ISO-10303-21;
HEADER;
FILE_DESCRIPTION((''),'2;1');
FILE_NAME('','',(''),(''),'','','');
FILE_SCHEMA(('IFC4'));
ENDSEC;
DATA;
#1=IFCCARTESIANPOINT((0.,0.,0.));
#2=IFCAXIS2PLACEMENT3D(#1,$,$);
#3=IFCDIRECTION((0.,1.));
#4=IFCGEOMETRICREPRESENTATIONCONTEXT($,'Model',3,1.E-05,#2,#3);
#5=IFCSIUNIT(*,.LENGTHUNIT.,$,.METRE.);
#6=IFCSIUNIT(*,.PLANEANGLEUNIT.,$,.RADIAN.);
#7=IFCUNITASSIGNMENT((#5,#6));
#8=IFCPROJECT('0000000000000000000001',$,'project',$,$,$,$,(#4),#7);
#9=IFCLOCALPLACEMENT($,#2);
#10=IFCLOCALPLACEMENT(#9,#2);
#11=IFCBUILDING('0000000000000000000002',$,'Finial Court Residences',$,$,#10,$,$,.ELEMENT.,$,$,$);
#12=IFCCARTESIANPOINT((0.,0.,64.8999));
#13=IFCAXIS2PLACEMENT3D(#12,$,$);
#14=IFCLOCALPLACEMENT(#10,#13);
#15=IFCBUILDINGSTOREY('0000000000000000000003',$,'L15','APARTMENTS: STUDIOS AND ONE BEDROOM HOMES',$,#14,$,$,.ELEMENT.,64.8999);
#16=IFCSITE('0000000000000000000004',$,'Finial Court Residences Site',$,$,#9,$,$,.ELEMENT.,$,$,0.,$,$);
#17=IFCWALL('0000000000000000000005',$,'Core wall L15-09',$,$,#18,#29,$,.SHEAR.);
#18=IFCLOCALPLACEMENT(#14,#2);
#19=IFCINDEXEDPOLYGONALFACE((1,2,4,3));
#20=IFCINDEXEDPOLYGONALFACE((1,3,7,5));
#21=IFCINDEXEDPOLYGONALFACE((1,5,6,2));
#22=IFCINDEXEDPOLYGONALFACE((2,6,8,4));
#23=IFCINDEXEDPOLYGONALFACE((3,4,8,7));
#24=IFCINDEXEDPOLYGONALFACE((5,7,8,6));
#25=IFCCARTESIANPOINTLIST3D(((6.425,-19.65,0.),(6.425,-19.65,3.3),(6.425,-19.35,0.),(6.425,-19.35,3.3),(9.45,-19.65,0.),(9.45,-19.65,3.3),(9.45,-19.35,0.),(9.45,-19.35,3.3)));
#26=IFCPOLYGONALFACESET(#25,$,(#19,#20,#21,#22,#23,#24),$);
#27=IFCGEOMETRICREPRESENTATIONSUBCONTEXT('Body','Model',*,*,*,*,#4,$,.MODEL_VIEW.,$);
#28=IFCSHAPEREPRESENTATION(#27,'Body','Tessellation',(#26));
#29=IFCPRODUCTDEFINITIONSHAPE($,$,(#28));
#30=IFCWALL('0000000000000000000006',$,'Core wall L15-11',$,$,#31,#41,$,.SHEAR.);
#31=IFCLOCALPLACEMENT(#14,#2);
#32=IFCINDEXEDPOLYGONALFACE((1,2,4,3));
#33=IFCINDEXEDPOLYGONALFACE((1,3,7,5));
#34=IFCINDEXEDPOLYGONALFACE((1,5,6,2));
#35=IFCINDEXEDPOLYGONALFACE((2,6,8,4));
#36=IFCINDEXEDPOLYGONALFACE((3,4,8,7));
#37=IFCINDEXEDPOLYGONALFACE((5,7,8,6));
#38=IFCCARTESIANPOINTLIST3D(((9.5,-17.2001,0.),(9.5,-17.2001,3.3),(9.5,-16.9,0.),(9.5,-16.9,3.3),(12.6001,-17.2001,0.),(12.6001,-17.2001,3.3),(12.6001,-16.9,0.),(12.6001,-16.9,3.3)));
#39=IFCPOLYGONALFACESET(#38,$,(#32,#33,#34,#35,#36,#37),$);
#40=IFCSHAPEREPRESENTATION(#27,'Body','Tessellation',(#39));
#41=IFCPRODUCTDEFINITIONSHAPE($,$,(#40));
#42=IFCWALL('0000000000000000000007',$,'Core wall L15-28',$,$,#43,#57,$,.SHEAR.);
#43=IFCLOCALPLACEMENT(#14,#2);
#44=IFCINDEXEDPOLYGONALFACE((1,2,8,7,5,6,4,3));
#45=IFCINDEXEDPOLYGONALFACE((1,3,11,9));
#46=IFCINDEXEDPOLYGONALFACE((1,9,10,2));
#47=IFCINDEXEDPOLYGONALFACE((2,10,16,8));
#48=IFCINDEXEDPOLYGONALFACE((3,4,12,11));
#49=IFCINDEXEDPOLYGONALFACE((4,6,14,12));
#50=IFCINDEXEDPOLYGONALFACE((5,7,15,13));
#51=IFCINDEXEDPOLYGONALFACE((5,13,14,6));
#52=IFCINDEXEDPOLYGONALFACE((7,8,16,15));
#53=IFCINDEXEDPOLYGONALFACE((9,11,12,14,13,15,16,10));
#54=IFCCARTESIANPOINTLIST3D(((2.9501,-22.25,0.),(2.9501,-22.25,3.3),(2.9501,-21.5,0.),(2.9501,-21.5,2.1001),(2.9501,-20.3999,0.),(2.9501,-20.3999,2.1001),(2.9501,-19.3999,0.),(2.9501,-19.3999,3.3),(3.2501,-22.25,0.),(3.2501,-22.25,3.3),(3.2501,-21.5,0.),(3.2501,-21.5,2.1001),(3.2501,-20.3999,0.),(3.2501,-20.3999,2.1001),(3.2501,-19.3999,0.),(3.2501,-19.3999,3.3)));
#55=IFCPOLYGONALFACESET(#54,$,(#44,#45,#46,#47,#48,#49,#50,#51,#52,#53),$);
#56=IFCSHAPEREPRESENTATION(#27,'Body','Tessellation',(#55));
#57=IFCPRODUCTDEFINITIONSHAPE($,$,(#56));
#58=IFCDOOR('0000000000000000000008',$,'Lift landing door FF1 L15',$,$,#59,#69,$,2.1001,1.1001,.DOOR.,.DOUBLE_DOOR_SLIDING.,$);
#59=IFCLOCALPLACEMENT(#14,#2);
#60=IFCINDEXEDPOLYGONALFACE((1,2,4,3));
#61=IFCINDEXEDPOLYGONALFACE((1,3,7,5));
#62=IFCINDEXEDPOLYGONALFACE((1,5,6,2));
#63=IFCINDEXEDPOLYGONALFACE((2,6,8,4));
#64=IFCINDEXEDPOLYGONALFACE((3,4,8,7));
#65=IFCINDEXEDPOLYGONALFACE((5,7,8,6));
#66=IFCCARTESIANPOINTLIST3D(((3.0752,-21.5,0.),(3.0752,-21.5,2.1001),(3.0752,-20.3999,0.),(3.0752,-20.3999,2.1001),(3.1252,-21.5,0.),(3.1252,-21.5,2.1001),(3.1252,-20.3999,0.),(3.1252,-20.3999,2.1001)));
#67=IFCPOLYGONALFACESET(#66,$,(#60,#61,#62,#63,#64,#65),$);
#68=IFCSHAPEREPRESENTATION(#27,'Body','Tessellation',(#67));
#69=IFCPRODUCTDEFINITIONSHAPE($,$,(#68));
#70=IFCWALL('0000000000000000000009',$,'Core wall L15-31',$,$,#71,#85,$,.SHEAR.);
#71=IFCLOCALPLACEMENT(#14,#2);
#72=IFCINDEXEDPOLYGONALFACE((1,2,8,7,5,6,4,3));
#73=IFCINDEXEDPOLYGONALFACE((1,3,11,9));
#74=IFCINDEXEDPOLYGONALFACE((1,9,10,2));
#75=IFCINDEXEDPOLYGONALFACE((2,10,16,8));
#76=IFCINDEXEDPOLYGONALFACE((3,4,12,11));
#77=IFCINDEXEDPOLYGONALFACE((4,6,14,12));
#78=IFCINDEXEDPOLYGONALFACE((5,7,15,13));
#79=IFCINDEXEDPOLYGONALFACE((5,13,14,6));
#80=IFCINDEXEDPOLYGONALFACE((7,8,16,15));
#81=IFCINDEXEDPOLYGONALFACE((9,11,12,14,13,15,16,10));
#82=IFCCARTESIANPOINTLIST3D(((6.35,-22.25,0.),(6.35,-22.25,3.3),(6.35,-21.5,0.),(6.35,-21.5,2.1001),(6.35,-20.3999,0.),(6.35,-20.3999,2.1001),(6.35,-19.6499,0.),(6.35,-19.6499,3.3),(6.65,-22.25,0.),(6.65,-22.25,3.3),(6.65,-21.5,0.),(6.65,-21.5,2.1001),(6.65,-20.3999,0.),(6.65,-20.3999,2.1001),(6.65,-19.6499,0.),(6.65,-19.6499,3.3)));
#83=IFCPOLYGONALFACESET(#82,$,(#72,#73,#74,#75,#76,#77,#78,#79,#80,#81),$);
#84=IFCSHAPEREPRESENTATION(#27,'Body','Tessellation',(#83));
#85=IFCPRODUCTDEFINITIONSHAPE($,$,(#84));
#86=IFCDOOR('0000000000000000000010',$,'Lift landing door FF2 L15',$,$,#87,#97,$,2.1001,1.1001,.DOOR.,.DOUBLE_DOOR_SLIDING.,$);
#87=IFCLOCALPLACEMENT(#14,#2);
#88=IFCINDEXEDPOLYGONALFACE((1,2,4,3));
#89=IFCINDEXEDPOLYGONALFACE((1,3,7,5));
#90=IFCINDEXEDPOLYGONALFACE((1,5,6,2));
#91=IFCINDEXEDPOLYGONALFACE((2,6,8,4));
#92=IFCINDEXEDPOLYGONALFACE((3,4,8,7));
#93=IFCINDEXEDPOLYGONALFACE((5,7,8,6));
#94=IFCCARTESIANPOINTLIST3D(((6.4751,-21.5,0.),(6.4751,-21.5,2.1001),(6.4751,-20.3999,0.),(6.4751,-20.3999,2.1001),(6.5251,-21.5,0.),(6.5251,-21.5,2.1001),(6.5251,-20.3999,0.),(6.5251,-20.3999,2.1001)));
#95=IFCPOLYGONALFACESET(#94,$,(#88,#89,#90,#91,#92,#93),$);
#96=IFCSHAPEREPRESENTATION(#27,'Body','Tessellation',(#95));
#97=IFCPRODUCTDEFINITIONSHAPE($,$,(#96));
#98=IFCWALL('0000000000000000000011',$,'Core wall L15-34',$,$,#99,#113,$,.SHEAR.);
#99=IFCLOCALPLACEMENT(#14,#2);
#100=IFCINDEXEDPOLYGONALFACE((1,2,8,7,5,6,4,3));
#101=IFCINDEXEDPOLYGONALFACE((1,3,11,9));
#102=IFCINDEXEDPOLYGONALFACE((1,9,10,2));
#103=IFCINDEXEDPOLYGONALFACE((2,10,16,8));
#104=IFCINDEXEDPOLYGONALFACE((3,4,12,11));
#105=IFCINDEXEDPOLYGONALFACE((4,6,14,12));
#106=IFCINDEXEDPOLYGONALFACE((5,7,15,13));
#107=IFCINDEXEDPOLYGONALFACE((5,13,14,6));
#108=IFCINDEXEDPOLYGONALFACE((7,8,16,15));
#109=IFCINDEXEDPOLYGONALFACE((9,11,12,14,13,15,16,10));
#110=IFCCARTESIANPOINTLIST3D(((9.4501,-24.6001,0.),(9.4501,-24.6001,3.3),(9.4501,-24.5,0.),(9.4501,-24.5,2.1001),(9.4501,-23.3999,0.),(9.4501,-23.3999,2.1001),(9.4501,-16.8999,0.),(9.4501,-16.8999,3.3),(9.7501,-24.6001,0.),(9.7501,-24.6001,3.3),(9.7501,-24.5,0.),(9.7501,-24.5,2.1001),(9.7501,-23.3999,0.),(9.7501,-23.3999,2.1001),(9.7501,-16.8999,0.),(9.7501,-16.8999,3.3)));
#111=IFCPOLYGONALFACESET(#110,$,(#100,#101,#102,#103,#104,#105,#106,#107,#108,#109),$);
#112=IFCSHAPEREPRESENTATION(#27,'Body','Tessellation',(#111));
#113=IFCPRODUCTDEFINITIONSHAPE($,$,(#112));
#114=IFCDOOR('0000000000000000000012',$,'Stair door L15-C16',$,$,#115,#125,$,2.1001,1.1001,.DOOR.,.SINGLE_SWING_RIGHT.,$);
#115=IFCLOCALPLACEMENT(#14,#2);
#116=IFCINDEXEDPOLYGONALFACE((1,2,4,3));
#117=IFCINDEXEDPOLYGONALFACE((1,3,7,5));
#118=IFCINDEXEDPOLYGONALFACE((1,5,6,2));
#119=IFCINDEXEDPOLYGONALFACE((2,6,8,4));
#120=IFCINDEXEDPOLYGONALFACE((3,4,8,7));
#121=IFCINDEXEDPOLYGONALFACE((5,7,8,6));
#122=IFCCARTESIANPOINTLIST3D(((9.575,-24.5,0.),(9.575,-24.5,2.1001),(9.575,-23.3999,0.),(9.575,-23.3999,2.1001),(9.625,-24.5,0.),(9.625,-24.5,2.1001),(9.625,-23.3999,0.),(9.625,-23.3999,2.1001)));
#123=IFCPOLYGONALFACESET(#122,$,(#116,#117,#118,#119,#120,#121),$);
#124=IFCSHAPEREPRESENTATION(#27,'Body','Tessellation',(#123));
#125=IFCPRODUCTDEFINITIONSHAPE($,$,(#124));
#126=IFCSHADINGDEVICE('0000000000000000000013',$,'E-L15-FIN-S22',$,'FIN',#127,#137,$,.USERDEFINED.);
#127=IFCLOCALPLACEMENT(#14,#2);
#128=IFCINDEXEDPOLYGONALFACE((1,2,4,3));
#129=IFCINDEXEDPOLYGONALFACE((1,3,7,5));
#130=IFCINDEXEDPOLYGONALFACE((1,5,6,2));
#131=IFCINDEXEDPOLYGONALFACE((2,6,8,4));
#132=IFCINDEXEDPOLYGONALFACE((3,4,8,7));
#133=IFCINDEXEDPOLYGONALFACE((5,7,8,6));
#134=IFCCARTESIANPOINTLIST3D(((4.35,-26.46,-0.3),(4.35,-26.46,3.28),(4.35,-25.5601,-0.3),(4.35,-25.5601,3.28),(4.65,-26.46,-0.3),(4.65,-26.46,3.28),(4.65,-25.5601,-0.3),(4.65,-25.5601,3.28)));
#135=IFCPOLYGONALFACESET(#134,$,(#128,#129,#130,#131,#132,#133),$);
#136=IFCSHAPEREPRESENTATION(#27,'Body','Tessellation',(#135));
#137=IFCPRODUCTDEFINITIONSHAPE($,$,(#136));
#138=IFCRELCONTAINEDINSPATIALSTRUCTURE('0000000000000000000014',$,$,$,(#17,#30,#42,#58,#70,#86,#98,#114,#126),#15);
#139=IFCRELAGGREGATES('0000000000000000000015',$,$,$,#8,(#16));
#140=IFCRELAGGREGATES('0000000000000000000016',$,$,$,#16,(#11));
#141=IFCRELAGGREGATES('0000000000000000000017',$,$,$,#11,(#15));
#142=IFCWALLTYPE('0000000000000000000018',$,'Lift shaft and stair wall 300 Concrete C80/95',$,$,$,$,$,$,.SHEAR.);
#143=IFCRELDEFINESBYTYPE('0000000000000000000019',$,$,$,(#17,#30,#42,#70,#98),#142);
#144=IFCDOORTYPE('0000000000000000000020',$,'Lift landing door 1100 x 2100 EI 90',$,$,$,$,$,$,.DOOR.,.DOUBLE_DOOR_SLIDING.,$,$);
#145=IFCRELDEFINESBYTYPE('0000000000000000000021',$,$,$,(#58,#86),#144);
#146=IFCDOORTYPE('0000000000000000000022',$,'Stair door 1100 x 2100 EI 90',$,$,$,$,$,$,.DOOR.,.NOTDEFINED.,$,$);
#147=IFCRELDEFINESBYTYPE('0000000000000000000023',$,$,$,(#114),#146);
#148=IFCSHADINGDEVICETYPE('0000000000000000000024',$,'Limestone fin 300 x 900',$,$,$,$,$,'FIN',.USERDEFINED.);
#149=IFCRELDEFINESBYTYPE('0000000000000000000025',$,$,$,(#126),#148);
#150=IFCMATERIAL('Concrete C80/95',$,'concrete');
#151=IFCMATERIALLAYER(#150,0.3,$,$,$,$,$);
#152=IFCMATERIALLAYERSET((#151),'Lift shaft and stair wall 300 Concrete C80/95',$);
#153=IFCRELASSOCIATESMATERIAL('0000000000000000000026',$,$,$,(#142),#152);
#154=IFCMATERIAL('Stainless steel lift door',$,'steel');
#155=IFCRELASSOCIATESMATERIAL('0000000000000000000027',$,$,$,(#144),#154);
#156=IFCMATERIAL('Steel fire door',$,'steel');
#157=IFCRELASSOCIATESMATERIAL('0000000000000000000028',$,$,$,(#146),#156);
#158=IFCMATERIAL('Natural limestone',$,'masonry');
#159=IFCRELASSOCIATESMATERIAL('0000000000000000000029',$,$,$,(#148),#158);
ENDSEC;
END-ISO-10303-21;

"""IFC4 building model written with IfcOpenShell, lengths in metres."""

from ifc_helpers import new_model, si_unit, direction, frame, frame_2d, origin, origin_2d, place, context, subcontext, project, spatial, rectangle, extrude, material, layer, layer_set, type_object, element, fill, save


model = new_model("IFC4")

# Units and contexts
model_context = context("Model", 3, precision=1e-05, world=origin(), true_north=direction((0.0, 1.0)))
body_context = subcontext(model_context, "Body", "Model", "MODEL_VIEW")
ifc_project = project(units=[si_unit("LENGTHUNIT", "METRE"), si_unit("PLANEANGLEUNIT", "RADIAN")], contexts=[model_context])

# Site, building, storey
site_placement = place(None, origin())
site = spatial("IfcSite", under=ifc_project, at=site_placement, Name="Finial Court Residences Site", CompositionType="ELEMENT", RefElevation=0.0)
building_placement = place(site_placement, origin())
building = spatial("IfcBuilding", under=site, at=building_placement, Name="Finial Court Residences", CompositionType="ELEMENT")
storey_placement = place(building_placement, frame((0.0, 0.0, 64.8999)))
storey = spatial("IfcBuildingStorey", under=building, at=storey_placement, Name="L15", Description="APARTMENTS: STUDIOS AND ONE BEDROOM HOMES", CompositionType="ELEMENT", Elevation=64.8999)

# Shared definitions
ifc_material_1 = material(Name="Steel fire door", Category="steel")

# Walls
ifc_material_2 = material(Name="Concrete C80/95", Category="concrete")
ifc_layer_1 = layer(ifc_material_2, 0.3)
ifc_layer_set_1 = layer_set([ifc_layer_1], Name="Lift shaft and stair wall 300 Concrete C80/95")
wall_type_1 = type_object("IfcWallType", Name="Lift shaft and stair wall 300 Concrete C80/95", PredefinedType="SHEAR", material=ifc_layer_set_1)
wall_1_placement = place(storey_placement, frame((6.425, -19.5, 0.0), z_axis=(0.0, 0.0, 1.0), x_axis=(1.0, 0.0, 0.0)))
element("IfcWall", 1, at=wall_1_placement, inside=storey, type_object=wall_type_1, Name="Core wall L15-09", PredefinedType="SHEAR", context=body_context, shape_type="SweptSolid", body=[
    extrude(rectangle(XDim=3.0249, YDim=0.3, at=frame_2d((1.5125, 0.0))), origin(), (0.0, 0.0, 1.0), 3.3),
])
wall_2_placement = place(storey_placement, frame((9.5, -17.05, 0.0), z_axis=(0.0, 0.0, 1.0), x_axis=(1.0, 0.0, 0.0)))
element("IfcWall", 2, at=wall_2_placement, inside=storey, type_object=wall_type_1, Name="Core wall L15-11", PredefinedType="SHEAR", context=body_context, shape_type="SweptSolid", body=[
    extrude(rectangle(XDim=3.1001, YDim=0.3, at=frame_2d((1.55, 0.0))), origin(), (0.0, 0.0, 1.0), 3.3),
])

# Walls, openings, doors
wall_3_placement = place(storey_placement, frame((3.1001, -22.25, 0.0), z_axis=(0.0, 0.0, 1.0), x_axis=(0.0, 1.0, 0.0)))
wall_3 = element("IfcWall", 3, at=wall_3_placement, inside=storey, type_object=wall_type_1, Name="Core wall L15-28", PredefinedType="SHEAR", context=body_context, shape_type="SweptSolid", body=[
    extrude(rectangle(XDim=2.8501, YDim=0.3, at=frame_2d((1.425, 0.0))), origin(), (0.0, 0.0, 1.0), 3.3),
])
opening_1_placement = place(wall_3_placement, frame((0.75, 0.0, 0.0)))
opening_1 = element("IfcOpeningElement", 4, at=opening_1_placement, cuts=wall_3, PredefinedType="OPENING", context=body_context, shape_type="SweptSolid", body=[
    extrude(rectangle(XDim=1.1001, YDim=2.1001, at=frame_2d((0.55, 1.05))), frame((0.0, 0.1599, 0.0), z_axis=(0.0, -1.0, 0.0), x_axis=(1.0, 0.0, 0.0)), (0.0, 0.0, 1.0), 0.3201),
])
ifc_material_3 = material(Name="Stainless steel lift door", Category="steel")
door_type_1 = type_object("IfcDoorType", Name="Lift landing door 1100 x 2100 EI 90", OperationType="DOUBLE_DOOR_SLIDING", PredefinedType="DOOR", material=ifc_material_3)
door_1_placement = place(opening_1_placement, origin())
door_1 = element("IfcDoor", 5, at=door_1_placement, inside=storey, type_object=door_type_1, Name="Lift landing door FF1 L15", OperationType="DOUBLE_DOOR_SLIDING", OverallHeight=2.1001, OverallWidth=1.1001, PredefinedType="DOOR", context=body_context, shape_type="SweptSolid", body=[
    extrude(rectangle(XDim=1.1001, YDim=2.1001, at=frame_2d((0.55, 1.05))), frame((0.0, 0.0249, 0.0), z_axis=(0.0, -1.0, 0.0), x_axis=(1.0, 0.0, 0.0)), (0.0, 0.0, 1.0), 0.05),
])
fill(opening_1, door_1)
wall_4_placement = place(storey_placement, frame((6.5, -22.25, 0.0), z_axis=(0.0, 0.0, 1.0), x_axis=(0.0, 1.0, 0.0)))
wall_4 = element("IfcWall", 6, at=wall_4_placement, inside=storey, type_object=wall_type_1, Name="Core wall L15-31", PredefinedType="SHEAR", context=body_context, shape_type="SweptSolid", body=[
    extrude(rectangle(XDim=2.6001, YDim=0.3, at=frame_2d((1.3, 0.0))), origin(), (0.0, 0.0, 1.0), 3.3),
])
opening_2_placement = place(wall_4_placement, frame((0.75, 0.0, 0.0)))
opening_2 = element("IfcOpeningElement", 7, at=opening_2_placement, cuts=wall_4, PredefinedType="OPENING", context=body_context, shape_type="SweptSolid", body=[
    extrude(rectangle(XDim=1.1001, YDim=2.1001, at=frame_2d((0.55, 1.05))), frame((0.0, 0.1599, 0.0), z_axis=(0.0, -1.0, 0.0), x_axis=(1.0, 0.0, 0.0)), (0.0, 0.0, 1.0), 0.3201),
])
door_2_placement = place(opening_2_placement, origin())
door_2 = element("IfcDoor", 8, at=door_2_placement, inside=storey, type_object=door_type_1, Name="Lift landing door FF2 L15", OperationType="DOUBLE_DOOR_SLIDING", OverallHeight=2.1001, OverallWidth=1.1001, PredefinedType="DOOR", context=body_context, shape_type="SweptSolid", body=[
    extrude(rectangle(XDim=1.1001, YDim=2.1001, at=frame_2d((0.55, 1.05))), frame((0.0, 0.0249, 0.0), z_axis=(0.0, -1.0, 0.0), x_axis=(1.0, 0.0, 0.0)), (0.0, 0.0, 1.0), 0.05),
])
fill(opening_2, door_2)
wall_5_placement = place(storey_placement, frame((9.6001, -16.8999, 0.0), z_axis=(0.0, 0.0, 1.0), x_axis=(0.0, -1.0, 0.0)))
wall_5 = element("IfcWall", 9, at=wall_5_placement, inside=storey, type_object=wall_type_1, Name="Core wall L15-34", PredefinedType="SHEAR", context=body_context, shape_type="SweptSolid", body=[
    extrude(rectangle(XDim=7.7002, YDim=0.3, at=frame_2d((3.8501, 0.0))), origin(), (0.0, 0.0, 1.0), 3.3),
])
opening_3_placement = place(wall_5_placement, frame((6.5, 0.0, 0.0)))
opening_3 = element("IfcOpeningElement", 10, at=opening_3_placement, cuts=wall_5, PredefinedType="OPENING", context=body_context, shape_type="SweptSolid", body=[
    extrude(rectangle(XDim=1.1001, YDim=2.1001, at=frame_2d((0.55, 1.05))), frame((0.0, 0.1599, 0.0), z_axis=(0.0, -1.0, 0.0), x_axis=(1.0, 0.0, 0.0)), (0.0, 0.0, 1.0), 0.3201),
])
door_type_2 = type_object("IfcDoorType", Name="Stair door 1100 x 2100 EI 90", OperationType="NOTDEFINED", PredefinedType="DOOR", material=ifc_material_1)
door_3_placement = place(opening_3_placement, origin())
door_3 = element("IfcDoor", 11, at=door_3_placement, inside=storey, type_object=door_type_2, Name="Stair door L15-C16", OperationType="SINGLE_SWING_RIGHT", OverallHeight=2.1001, OverallWidth=1.1001, PredefinedType="DOOR", context=body_context, shape_type="SweptSolid", body=[
    extrude(rectangle(XDim=1.1001, YDim=2.1001, at=frame_2d((0.55, 1.05))), frame((0.0, 0.0249, 0.0), z_axis=(0.0, -1.0, 0.0), x_axis=(1.0, 0.0, 0.0)), (0.0, 0.0, 1.0), 0.05),
])
fill(opening_3, door_3)

# Shading device
ifc_material_4 = material(Name="Natural limestone", Category="masonry")
shading_device_type = type_object("IfcShadingDeviceType", Name="Limestone fin 300 x 900", ElementType="FIN", PredefinedType="USERDEFINED", material=ifc_material_4)
shading_device_placement = place(storey_placement, frame((4.5, -26.01, -0.3), z_axis=(0.0, 0.0, 1.0), x_axis=(1.0, 0.0, 0.0)))
element("IfcShadingDevice", 12, at=shading_device_placement, inside=storey, type_object=shading_device_type, Name="E-L15-FIN-S22", ObjectType="FIN", PredefinedType="USERDEFINED", context=body_context, shape_type="SweptSolid", body=[
    extrude(rectangle(XDim=0.3, YDim=0.8999, at=origin_2d()), origin(), (0.0, 0.0, 1.0), 3.5801),
])

save(model, "model.ifc")
